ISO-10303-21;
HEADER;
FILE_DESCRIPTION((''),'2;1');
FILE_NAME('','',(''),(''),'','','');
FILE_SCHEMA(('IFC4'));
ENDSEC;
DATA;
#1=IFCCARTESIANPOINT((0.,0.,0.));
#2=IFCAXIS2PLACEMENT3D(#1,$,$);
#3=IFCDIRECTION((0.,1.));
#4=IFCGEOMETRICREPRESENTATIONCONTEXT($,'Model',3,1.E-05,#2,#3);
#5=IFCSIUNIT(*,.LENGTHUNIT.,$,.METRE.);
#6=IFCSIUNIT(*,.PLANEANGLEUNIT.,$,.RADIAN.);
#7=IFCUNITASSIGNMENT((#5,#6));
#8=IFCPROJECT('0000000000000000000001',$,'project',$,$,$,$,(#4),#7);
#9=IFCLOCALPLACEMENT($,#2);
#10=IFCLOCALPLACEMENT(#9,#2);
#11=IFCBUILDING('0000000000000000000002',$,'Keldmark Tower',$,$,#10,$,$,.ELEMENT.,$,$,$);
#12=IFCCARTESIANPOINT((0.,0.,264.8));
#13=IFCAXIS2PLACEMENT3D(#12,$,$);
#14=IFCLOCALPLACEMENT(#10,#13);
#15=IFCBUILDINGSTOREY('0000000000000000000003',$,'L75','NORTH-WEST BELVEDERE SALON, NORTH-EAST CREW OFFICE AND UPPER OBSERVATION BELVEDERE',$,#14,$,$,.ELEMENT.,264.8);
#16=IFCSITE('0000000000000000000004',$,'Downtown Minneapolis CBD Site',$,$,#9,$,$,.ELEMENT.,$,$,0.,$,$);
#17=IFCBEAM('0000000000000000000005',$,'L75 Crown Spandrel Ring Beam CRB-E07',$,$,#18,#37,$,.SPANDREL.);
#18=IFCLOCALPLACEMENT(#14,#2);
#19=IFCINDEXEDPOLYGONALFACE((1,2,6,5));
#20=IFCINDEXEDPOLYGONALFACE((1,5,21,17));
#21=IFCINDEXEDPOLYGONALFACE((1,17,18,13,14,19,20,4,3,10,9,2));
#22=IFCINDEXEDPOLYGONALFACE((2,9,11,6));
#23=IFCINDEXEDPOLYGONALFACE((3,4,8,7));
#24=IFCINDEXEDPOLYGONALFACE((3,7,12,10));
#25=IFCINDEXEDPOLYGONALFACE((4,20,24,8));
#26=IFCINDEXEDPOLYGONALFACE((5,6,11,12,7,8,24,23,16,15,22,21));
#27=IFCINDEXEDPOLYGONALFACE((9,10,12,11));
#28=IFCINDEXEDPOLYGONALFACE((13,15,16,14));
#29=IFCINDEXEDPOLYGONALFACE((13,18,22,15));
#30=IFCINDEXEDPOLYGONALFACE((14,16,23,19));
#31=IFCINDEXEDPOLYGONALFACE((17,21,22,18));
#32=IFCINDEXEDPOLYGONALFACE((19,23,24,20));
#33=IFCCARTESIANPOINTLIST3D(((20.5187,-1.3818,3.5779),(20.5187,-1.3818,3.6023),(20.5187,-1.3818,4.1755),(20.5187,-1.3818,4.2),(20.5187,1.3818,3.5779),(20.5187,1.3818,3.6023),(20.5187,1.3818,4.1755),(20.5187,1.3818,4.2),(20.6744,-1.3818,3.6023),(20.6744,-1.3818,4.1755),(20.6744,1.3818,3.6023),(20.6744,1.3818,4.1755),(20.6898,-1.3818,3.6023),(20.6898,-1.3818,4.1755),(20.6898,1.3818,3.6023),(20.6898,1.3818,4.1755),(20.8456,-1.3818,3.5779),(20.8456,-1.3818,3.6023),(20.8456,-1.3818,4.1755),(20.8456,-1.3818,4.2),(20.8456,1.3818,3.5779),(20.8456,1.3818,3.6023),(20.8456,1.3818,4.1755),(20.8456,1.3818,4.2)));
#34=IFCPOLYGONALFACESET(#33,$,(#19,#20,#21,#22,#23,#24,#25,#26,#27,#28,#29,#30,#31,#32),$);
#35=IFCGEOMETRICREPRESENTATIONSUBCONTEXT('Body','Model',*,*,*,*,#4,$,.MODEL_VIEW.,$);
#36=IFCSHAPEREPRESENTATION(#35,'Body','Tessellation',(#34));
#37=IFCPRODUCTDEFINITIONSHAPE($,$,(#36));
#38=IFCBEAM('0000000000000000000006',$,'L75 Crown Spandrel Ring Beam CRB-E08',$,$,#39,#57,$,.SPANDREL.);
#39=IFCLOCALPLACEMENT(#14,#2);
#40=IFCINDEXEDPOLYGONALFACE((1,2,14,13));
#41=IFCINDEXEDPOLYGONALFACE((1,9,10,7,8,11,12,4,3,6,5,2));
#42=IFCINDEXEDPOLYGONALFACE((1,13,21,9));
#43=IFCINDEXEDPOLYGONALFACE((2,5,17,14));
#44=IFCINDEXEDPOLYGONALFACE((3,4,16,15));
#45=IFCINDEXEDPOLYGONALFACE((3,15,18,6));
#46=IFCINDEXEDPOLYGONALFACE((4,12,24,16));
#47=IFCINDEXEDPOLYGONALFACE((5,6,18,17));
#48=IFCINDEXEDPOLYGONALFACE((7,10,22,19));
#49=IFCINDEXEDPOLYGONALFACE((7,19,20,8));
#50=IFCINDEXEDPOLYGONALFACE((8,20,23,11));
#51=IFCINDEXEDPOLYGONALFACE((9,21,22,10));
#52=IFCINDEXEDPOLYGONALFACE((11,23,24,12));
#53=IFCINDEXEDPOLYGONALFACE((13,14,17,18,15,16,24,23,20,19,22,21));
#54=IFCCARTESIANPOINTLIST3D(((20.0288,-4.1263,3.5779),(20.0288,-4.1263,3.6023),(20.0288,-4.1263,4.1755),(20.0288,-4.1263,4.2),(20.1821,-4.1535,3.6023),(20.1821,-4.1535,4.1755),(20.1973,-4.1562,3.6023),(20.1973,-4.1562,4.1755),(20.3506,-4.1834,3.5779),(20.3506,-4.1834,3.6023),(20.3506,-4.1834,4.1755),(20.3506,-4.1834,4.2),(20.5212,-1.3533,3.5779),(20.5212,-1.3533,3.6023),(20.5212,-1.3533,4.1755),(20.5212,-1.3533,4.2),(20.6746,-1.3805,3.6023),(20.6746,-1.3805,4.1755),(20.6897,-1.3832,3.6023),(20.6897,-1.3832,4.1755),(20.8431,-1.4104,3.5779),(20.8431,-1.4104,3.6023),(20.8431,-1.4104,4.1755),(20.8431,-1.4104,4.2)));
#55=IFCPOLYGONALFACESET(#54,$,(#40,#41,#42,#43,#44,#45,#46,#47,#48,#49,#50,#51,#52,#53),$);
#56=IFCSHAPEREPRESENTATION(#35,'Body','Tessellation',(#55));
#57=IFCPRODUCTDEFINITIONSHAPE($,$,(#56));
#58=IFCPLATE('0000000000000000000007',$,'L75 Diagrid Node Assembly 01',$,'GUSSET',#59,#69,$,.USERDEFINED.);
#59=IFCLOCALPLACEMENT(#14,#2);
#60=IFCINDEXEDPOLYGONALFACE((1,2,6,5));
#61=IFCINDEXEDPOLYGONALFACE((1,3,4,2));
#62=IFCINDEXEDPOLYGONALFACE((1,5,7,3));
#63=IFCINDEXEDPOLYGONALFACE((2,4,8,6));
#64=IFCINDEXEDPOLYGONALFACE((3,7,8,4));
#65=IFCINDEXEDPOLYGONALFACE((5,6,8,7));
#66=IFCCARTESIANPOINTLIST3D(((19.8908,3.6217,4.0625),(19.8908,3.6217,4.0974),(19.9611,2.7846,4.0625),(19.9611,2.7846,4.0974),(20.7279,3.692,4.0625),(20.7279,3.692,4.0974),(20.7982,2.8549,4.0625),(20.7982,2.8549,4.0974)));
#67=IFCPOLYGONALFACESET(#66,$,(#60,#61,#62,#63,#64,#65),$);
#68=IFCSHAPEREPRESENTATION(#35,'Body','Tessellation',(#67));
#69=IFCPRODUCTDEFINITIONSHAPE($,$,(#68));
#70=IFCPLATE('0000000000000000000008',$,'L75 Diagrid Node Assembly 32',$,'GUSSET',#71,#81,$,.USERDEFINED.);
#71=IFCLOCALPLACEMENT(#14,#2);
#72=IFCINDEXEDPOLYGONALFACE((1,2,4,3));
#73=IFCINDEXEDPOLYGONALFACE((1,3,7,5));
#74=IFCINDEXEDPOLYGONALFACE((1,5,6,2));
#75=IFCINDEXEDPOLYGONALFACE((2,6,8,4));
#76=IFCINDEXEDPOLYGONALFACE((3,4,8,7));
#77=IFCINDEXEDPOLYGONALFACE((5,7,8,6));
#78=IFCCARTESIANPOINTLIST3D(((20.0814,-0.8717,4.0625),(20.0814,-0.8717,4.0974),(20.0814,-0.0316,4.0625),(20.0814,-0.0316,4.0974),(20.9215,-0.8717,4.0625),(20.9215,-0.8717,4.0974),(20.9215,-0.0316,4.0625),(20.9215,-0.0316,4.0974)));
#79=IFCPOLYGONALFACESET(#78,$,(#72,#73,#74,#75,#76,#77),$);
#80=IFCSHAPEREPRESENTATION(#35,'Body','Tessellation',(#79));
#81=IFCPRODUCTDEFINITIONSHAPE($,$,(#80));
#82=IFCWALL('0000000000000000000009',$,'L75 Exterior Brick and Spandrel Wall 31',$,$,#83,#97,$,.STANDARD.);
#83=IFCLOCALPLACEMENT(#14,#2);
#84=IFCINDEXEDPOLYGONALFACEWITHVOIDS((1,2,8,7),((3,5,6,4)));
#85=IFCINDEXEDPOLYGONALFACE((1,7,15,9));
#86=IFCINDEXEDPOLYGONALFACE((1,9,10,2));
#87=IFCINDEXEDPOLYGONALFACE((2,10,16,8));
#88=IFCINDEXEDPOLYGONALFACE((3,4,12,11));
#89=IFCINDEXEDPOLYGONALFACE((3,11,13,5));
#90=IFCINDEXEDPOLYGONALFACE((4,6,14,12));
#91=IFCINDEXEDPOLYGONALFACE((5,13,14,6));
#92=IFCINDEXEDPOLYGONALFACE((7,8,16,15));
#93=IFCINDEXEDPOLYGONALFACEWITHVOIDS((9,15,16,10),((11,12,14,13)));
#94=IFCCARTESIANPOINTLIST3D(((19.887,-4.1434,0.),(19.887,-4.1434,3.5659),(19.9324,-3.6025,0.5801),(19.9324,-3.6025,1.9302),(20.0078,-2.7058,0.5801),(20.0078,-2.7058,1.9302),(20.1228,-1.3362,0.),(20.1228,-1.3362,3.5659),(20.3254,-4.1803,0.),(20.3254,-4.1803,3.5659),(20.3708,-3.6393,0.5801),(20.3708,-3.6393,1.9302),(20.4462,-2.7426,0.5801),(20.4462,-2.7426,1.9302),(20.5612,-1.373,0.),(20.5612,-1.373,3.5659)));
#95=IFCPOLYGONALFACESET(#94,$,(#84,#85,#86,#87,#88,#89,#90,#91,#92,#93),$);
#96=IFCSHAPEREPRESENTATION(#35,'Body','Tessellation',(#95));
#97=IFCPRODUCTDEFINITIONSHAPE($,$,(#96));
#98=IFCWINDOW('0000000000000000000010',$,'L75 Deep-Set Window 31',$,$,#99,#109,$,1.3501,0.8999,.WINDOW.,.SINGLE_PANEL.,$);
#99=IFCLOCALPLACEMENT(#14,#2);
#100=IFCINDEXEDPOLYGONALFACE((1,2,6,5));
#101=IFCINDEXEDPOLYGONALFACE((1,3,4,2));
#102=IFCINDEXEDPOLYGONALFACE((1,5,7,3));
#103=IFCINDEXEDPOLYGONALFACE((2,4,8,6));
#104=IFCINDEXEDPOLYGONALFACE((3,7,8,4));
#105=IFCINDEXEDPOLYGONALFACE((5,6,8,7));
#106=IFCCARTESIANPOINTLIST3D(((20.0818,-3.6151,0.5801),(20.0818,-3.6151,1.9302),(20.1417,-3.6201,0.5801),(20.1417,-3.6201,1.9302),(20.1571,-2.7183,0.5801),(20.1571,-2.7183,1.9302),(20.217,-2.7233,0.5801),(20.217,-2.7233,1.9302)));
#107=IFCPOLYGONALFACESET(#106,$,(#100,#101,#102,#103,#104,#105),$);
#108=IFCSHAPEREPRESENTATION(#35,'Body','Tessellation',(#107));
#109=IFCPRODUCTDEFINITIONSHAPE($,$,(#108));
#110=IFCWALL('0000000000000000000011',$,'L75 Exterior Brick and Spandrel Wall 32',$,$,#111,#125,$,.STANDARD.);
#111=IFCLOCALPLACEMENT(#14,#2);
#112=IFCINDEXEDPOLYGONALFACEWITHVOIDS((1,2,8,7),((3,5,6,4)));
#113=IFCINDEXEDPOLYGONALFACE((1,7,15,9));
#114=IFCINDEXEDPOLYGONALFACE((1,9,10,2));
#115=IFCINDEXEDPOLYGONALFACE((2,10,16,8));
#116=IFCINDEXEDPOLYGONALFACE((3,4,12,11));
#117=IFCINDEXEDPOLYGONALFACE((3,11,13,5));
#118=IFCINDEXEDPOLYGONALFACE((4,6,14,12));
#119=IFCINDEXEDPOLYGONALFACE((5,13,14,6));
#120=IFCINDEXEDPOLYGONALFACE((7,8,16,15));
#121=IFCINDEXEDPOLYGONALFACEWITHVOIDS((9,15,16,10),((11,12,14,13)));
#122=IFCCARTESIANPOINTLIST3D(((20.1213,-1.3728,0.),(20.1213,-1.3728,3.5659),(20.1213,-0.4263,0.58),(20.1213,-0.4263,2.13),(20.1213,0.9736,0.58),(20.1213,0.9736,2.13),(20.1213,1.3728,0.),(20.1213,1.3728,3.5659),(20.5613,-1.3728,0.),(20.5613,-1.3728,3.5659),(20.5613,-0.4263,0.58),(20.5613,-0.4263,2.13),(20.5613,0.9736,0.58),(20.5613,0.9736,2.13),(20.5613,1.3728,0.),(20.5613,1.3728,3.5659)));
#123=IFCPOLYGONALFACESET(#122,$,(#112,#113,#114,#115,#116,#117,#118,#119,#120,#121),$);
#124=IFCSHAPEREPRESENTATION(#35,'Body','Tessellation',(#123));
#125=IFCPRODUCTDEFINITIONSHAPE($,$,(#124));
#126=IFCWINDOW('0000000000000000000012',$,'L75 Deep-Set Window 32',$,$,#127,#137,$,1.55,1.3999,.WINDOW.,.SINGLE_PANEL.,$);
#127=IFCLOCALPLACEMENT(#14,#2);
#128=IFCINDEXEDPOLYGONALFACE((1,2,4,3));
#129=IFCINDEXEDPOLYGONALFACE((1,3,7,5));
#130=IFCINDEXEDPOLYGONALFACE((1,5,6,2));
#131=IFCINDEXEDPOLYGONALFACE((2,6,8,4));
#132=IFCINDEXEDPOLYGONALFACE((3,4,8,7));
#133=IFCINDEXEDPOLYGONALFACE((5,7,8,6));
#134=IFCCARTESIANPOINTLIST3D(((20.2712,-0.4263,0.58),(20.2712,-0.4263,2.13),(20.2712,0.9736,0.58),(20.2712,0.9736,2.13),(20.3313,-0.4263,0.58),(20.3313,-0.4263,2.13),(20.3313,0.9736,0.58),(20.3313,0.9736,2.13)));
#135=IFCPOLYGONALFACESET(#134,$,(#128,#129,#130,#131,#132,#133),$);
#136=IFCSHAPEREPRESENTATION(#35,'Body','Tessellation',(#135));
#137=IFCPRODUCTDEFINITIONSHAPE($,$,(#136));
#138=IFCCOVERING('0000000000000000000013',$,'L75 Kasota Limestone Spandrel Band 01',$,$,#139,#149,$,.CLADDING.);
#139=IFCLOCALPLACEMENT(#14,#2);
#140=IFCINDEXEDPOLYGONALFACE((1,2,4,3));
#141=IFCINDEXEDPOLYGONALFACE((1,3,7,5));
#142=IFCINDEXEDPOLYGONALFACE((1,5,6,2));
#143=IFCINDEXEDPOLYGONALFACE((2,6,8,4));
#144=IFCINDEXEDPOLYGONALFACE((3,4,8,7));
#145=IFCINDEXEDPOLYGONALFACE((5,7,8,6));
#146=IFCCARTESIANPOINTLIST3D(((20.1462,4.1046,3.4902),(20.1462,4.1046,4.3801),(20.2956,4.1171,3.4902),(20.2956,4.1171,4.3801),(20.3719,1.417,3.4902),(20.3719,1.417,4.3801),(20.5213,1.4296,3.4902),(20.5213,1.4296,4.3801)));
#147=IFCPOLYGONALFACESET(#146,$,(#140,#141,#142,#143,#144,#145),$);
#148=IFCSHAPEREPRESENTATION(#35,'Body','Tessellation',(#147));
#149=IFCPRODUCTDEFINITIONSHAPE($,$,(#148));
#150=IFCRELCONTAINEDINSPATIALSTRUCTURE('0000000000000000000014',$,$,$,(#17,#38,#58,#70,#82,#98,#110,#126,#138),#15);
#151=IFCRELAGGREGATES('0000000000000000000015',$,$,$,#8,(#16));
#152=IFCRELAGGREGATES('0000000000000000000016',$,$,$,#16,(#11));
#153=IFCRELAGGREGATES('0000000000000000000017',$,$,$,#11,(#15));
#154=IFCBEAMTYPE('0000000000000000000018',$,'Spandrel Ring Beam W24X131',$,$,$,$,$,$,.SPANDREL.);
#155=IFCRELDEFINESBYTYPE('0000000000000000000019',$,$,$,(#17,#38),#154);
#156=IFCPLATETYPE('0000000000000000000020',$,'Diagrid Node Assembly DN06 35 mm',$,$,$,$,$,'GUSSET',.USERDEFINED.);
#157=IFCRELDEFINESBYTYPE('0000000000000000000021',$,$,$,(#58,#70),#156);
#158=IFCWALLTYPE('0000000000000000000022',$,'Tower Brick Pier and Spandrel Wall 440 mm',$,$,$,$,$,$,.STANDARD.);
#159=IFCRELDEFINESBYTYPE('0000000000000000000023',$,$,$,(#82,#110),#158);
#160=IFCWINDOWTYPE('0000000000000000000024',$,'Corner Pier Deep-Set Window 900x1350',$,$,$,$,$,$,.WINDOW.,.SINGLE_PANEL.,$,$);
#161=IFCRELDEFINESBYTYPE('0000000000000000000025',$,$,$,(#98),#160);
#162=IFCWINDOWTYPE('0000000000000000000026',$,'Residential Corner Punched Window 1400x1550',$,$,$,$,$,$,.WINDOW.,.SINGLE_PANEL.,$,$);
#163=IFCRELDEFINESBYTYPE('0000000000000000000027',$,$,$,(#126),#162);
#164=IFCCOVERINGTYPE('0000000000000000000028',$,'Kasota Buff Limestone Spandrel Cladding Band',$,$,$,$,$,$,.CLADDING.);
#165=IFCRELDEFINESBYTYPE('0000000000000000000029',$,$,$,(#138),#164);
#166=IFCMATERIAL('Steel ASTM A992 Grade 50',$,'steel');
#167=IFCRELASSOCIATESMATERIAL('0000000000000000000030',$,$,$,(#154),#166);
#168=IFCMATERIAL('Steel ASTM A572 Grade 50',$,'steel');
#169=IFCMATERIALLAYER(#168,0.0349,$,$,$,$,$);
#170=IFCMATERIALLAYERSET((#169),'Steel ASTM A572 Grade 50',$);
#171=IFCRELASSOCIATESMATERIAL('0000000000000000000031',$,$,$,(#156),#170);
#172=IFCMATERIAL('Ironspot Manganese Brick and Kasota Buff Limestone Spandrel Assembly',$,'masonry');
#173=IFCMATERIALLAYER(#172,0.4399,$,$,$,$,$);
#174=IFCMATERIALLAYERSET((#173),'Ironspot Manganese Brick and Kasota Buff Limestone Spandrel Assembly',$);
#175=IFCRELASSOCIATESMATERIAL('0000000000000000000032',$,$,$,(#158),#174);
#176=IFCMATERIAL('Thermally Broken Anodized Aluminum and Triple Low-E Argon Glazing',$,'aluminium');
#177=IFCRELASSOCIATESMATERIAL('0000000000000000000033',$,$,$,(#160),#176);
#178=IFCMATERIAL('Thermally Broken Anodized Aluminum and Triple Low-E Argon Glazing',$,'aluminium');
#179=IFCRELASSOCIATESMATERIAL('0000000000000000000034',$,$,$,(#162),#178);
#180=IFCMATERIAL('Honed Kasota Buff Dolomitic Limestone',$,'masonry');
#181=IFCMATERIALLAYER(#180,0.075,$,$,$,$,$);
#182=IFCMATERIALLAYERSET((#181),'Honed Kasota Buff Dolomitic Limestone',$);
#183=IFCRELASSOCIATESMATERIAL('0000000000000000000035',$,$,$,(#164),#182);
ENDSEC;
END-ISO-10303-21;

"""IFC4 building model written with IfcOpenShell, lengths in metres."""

from ifc_helpers import new_model, si_unit, direction, frame, frame_2d, origin, origin_2d, place, context, subcontext, project, spatial, rectangle, i_section, extrude, material, layer, layer_set, material_profile, profile_set, type_object, element, fill, save


model = new_model("IFC4")

# Units and contexts
model_context = context("Model", 3, precision=1e-05, world=origin(), true_north=direction((0.0, 1.0)))
body_context = subcontext(model_context, "Body", "Model", "MODEL_VIEW")
ifc_project = project(units=[si_unit("LENGTHUNIT", "METRE"), si_unit("PLANEANGLEUNIT", "RADIAN")], contexts=[model_context])

# Site, building, storey
site_placement = place(None, origin())
site = spatial("IfcSite", under=ifc_project, at=site_placement, Name="Downtown Minneapolis CBD Site", CompositionType="ELEMENT", RefElevation=0.0)
building_placement = place(site_placement, origin())
building = spatial("IfcBuilding", under=site, at=building_placement, Name="Keldmark Tower", CompositionType="ELEMENT")
storey_placement = place(building_placement, frame((0.0, 0.0, 264.8)))
storey = spatial("IfcBuildingStorey", under=building, at=storey_placement, Name="L75", Description="NORTH-WEST BELVEDERE SALON, NORTH-EAST CREW OFFICE AND UPPER OBSERVATION BELVEDERE", CompositionType="ELEMENT", Elevation=264.8)

# Beams
ifc_material_1 = material(Name="Steel ASTM A992 Grade 50", Category="steel")
ifc_material_profile_1 = material_profile(ifc_material_1, i_section(OverallWidth=0.3269, OverallDepth=0.6221, WebThickness=0.0154, FlangeThickness=0.0244, at=origin_2d()), Name="W24X131")
ifc_profile_set_1 = profile_set([ifc_material_profile_1], Name="Steel ASTM A992 Grade 50")
beam_type_1 = type_object("IfcBeamType", Name="Spandrel Ring Beam W24X131", PredefinedType="SPANDREL", material=ifc_profile_set_1)
beam_1_placement = place(storey_placement, frame((20.6821, 1.3818, 3.8889), z_axis=(0.0, -1.0, 0.0), x_axis=(1.0, 0.0, 0.0)))
element("IfcBeam", 1, at=beam_1_placement, inside=storey, type_object=beam_type_1, Name="L75 Crown Spandrel Ring Beam CRB-E07", PredefinedType="SPANDREL", context=body_context, shape_type="SweptSolid", body=[
    extrude(i_section(OverallWidth=0.3269, OverallDepth=0.6221, WebThickness=0.0154, FlangeThickness=0.0244, at=origin_2d()), origin(), (0.0, 0.0, 1.0), 2.7637),
])
beam_2_placement = place(storey_placement, frame((20.6821, -1.3818, 3.8889), z_axis=(-0.174848, -0.984595, 0.0), x_axis=(0.984595, -0.174848, 0.0)))
element("IfcBeam", 2, at=beam_2_placement, inside=storey, type_object=beam_type_1, Name="L75 Crown Spandrel Ring Beam CRB-E08", PredefinedType="SPANDREL", context=body_context, shape_type="SweptSolid", body=[
    extrude(i_section(OverallWidth=0.3269, OverallDepth=0.6221, WebThickness=0.0154, FlangeThickness=0.0244, at=origin_2d()), origin(), (0.0, 0.0, 1.0), 2.8164),
])

# Plates
ifc_material_2 = material(Name="Steel ASTM A572 Grade 50", Category="steel")
ifc_layer_1 = layer(ifc_material_2, 0.0349)
ifc_layer_set_1 = layer_set([ifc_layer_1], Name="Steel ASTM A572 Grade 50")
plate_type = type_object("IfcPlateType", Name="Diagrid Node Assembly DN06 35 mm", ElementType="GUSSET", PredefinedType="USERDEFINED", material=ifc_layer_set_1)
for number, where, z_axis, x_axis, name in (
    (3, (20.3445, 3.2383, 4.0625), (0.0, 0.0, 1.0), (-0.083678, 0.996493, 0.0), "L75 Diagrid Node Assembly 01"),
    (4, (20.5015, -0.4517, 4.0625), (0.0, 0.0, 1.0), (0.0, 1.0, 0.0), "L75 Diagrid Node Assembly 32"),
):
    element("IfcPlate", number, at=place(storey_placement, frame(where, z_axis=z_axis, x_axis=x_axis)), inside=storey, type_object=plate_type, Name=name, ObjectType="GUSSET", PredefinedType="USERDEFINED", context=body_context, shape_type="SweptSolid", body=[
        extrude(rectangle(XDim=0.8401, YDim=0.8401, at=origin_2d()), origin(), (0.0, 0.0, 1.0), 0.0349),
    ])

# Walls, openings, windows
ifc_material_3 = material(Name="Ironspot Manganese Brick and Kasota Buff Limestone Spandrel Assembly", Category="masonry")
ifc_layer_2 = layer(ifc_material_3, 0.4399)
ifc_layer_set_2 = layer_set([ifc_layer_2], Name="Ironspot Manganese Brick and Kasota Buff Limestone Spandrel Assembly")
wall_type = type_object("IfcWallType", Name="Tower Brick Pier and Spandrel Wall 440 mm", PredefinedType="STANDARD", material=ifc_layer_set_2)
wall_1_placement = place(storey_placement, frame((20.342, -1.3545, 0.0), z_axis=(0.0, 0.0, 1.0), x_axis=(-0.08372, -0.996489, 0.0)))
wall_1 = element("IfcWall", 5, at=wall_1_placement, inside=storey, type_object=wall_type, Name="L75 Exterior Brick and Spandrel Wall 31", PredefinedType="STANDARD", context=body_context, shape_type="SweptSolid", body=[
    extrude(rectangle(XDim=2.8171, YDim=0.4399, at=frame_2d((1.4087, 0.0))), origin(), (0.0, 0.0, 1.0), 3.5659),
])
opening_1_placement = place(wall_1_placement, frame((1.3745, 0.0, 0.5801)))
opening_1 = element("IfcOpeningElement", 6, at=opening_1_placement, cuts=wall_1, PredefinedType="OPENING", context=body_context, shape_type="SweptSolid", body=[
    extrude(rectangle(XDim=0.8999, YDim=1.3501, at=frame_2d((0.45, 0.675))), frame((0.0, 0.23, 0.0), z_axis=(0.0, -1.0, 0.0), x_axis=(1.0, 0.0, 0.0)), (0.0, 0.0, 1.0), 0.46),
])
ifc_material_4 = material(Name="Thermally Broken Anodized Aluminum and Triple Low-E Argon Glazing", Category="aluminium")
window_type_1 = type_object("IfcWindowType", Name="Corner Pier Deep-Set Window 900x1350", PartitioningType="SINGLE_PANEL", PredefinedType="WINDOW", material=ifc_material_4)
window_1_placement = place(opening_1_placement, origin())
window_1 = element("IfcWindow", 7, at=window_1_placement, inside=storey, type_object=window_type_1, Name="L75 Deep-Set Window 31", OverallHeight=1.3501, OverallWidth=0.8999, PartitioningType="SINGLE_PANEL", PredefinedType="WINDOW", context=body_context, shape_type="SweptSolid", body=[
    extrude(rectangle(XDim=0.8999, YDim=1.3501, at=frame_2d((0.45, 0.675))), frame((0.0, -0.01, 0.0), z_axis=(0.0, -1.0, 0.0), x_axis=(1.0, 0.0, 0.0)), (0.0, 0.0, 1.0), 0.0601),
])
fill(opening_1, window_1)
wall_2_placement = place(storey_placement, frame((20.3413, 1.3728, 0.0), z_axis=(0.0, 0.0, 1.0), x_axis=(0.0, -1.0, 0.0)))
wall_2 = element("IfcWall", 8, at=wall_2_placement, inside=storey, type_object=wall_type, Name="L75 Exterior Brick and Spandrel Wall 32", PredefinedType="STANDARD", context=body_context, shape_type="SweptSolid", body=[
    extrude(rectangle(XDim=2.7456, YDim=0.4399, at=frame_2d((1.3728, 0.0))), origin(), (0.0, 0.0, 1.0), 3.5659),
])
opening_2_placement = place(wall_2_placement, frame((0.3992, 0.0, 0.5801)))
opening_2 = element("IfcOpeningElement", 9, at=opening_2_placement, cuts=wall_2, PredefinedType="OPENING", context=body_context, shape_type="SweptSolid", body=[
    extrude(rectangle(XDim=1.3999, YDim=1.55, at=frame_2d((0.7, 0.7749))), frame((0.0, 0.23, 0.0), z_axis=(0.0, -1.0, 0.0), x_axis=(1.0, 0.0, 0.0)), (0.0, 0.0, 1.0), 0.46),
])
ifc_material_5 = material(Name="Thermally Broken Anodized Aluminum and Triple Low-E Argon Glazing", Category="aluminium")
window_type_2 = type_object("IfcWindowType", Name="Residential Corner Punched Window 1400x1550", PartitioningType="SINGLE_PANEL", PredefinedType="WINDOW", material=ifc_material_5)
window_2_placement = place(opening_2_placement, origin())
window_2 = element("IfcWindow", 10, at=window_2_placement, inside=storey, type_object=window_type_2, Name="L75 Deep-Set Window 32", OverallHeight=1.55, OverallWidth=1.3999, PartitioningType="SINGLE_PANEL", PredefinedType="WINDOW", context=body_context, shape_type="SweptSolid", body=[
    extrude(rectangle(XDim=1.3999, YDim=1.55, at=frame_2d((0.7, 0.7749))), frame((0.0, -0.01, 0.0), z_axis=(0.0, -1.0, 0.0), x_axis=(1.0, 0.0, 0.0)), (0.0, 0.0, 1.0), 0.0601),
])
fill(opening_2, window_2)

# Covering
ifc_material_6 = material(Name="Honed Kasota Buff Dolomitic Limestone", Category="masonry")
ifc_layer_3 = layer(ifc_material_6, 0.075)
ifc_layer_set_3 = layer_set([ifc_layer_3], Name="Honed Kasota Buff Dolomitic Limestone")
covering_type = type_object("IfcCoveringType", Name="Kasota Buff Limestone Spandrel Cladding Band", PredefinedType="CLADDING", material=ifc_layer_set_3)
covering_placement = place(storey_placement, frame((20.3337, 2.7671, 3.4902), z_axis=(0.0, 0.0, 1.0), x_axis=(-0.083678, 0.996493, 0.0)))
element("IfcCovering", 11, at=covering_placement, inside=storey, type_object=covering_type, Name="L75 Kasota Limestone Spandrel Band 01", PredefinedType="CLADDING", context=body_context, shape_type="SweptSolid", body=[
    extrude(rectangle(XDim=2.697, YDim=0.1499, at=origin_2d()), origin(), (0.0, 0.0, 1.0), 0.8899),
])

save(model, "model.ifc")
